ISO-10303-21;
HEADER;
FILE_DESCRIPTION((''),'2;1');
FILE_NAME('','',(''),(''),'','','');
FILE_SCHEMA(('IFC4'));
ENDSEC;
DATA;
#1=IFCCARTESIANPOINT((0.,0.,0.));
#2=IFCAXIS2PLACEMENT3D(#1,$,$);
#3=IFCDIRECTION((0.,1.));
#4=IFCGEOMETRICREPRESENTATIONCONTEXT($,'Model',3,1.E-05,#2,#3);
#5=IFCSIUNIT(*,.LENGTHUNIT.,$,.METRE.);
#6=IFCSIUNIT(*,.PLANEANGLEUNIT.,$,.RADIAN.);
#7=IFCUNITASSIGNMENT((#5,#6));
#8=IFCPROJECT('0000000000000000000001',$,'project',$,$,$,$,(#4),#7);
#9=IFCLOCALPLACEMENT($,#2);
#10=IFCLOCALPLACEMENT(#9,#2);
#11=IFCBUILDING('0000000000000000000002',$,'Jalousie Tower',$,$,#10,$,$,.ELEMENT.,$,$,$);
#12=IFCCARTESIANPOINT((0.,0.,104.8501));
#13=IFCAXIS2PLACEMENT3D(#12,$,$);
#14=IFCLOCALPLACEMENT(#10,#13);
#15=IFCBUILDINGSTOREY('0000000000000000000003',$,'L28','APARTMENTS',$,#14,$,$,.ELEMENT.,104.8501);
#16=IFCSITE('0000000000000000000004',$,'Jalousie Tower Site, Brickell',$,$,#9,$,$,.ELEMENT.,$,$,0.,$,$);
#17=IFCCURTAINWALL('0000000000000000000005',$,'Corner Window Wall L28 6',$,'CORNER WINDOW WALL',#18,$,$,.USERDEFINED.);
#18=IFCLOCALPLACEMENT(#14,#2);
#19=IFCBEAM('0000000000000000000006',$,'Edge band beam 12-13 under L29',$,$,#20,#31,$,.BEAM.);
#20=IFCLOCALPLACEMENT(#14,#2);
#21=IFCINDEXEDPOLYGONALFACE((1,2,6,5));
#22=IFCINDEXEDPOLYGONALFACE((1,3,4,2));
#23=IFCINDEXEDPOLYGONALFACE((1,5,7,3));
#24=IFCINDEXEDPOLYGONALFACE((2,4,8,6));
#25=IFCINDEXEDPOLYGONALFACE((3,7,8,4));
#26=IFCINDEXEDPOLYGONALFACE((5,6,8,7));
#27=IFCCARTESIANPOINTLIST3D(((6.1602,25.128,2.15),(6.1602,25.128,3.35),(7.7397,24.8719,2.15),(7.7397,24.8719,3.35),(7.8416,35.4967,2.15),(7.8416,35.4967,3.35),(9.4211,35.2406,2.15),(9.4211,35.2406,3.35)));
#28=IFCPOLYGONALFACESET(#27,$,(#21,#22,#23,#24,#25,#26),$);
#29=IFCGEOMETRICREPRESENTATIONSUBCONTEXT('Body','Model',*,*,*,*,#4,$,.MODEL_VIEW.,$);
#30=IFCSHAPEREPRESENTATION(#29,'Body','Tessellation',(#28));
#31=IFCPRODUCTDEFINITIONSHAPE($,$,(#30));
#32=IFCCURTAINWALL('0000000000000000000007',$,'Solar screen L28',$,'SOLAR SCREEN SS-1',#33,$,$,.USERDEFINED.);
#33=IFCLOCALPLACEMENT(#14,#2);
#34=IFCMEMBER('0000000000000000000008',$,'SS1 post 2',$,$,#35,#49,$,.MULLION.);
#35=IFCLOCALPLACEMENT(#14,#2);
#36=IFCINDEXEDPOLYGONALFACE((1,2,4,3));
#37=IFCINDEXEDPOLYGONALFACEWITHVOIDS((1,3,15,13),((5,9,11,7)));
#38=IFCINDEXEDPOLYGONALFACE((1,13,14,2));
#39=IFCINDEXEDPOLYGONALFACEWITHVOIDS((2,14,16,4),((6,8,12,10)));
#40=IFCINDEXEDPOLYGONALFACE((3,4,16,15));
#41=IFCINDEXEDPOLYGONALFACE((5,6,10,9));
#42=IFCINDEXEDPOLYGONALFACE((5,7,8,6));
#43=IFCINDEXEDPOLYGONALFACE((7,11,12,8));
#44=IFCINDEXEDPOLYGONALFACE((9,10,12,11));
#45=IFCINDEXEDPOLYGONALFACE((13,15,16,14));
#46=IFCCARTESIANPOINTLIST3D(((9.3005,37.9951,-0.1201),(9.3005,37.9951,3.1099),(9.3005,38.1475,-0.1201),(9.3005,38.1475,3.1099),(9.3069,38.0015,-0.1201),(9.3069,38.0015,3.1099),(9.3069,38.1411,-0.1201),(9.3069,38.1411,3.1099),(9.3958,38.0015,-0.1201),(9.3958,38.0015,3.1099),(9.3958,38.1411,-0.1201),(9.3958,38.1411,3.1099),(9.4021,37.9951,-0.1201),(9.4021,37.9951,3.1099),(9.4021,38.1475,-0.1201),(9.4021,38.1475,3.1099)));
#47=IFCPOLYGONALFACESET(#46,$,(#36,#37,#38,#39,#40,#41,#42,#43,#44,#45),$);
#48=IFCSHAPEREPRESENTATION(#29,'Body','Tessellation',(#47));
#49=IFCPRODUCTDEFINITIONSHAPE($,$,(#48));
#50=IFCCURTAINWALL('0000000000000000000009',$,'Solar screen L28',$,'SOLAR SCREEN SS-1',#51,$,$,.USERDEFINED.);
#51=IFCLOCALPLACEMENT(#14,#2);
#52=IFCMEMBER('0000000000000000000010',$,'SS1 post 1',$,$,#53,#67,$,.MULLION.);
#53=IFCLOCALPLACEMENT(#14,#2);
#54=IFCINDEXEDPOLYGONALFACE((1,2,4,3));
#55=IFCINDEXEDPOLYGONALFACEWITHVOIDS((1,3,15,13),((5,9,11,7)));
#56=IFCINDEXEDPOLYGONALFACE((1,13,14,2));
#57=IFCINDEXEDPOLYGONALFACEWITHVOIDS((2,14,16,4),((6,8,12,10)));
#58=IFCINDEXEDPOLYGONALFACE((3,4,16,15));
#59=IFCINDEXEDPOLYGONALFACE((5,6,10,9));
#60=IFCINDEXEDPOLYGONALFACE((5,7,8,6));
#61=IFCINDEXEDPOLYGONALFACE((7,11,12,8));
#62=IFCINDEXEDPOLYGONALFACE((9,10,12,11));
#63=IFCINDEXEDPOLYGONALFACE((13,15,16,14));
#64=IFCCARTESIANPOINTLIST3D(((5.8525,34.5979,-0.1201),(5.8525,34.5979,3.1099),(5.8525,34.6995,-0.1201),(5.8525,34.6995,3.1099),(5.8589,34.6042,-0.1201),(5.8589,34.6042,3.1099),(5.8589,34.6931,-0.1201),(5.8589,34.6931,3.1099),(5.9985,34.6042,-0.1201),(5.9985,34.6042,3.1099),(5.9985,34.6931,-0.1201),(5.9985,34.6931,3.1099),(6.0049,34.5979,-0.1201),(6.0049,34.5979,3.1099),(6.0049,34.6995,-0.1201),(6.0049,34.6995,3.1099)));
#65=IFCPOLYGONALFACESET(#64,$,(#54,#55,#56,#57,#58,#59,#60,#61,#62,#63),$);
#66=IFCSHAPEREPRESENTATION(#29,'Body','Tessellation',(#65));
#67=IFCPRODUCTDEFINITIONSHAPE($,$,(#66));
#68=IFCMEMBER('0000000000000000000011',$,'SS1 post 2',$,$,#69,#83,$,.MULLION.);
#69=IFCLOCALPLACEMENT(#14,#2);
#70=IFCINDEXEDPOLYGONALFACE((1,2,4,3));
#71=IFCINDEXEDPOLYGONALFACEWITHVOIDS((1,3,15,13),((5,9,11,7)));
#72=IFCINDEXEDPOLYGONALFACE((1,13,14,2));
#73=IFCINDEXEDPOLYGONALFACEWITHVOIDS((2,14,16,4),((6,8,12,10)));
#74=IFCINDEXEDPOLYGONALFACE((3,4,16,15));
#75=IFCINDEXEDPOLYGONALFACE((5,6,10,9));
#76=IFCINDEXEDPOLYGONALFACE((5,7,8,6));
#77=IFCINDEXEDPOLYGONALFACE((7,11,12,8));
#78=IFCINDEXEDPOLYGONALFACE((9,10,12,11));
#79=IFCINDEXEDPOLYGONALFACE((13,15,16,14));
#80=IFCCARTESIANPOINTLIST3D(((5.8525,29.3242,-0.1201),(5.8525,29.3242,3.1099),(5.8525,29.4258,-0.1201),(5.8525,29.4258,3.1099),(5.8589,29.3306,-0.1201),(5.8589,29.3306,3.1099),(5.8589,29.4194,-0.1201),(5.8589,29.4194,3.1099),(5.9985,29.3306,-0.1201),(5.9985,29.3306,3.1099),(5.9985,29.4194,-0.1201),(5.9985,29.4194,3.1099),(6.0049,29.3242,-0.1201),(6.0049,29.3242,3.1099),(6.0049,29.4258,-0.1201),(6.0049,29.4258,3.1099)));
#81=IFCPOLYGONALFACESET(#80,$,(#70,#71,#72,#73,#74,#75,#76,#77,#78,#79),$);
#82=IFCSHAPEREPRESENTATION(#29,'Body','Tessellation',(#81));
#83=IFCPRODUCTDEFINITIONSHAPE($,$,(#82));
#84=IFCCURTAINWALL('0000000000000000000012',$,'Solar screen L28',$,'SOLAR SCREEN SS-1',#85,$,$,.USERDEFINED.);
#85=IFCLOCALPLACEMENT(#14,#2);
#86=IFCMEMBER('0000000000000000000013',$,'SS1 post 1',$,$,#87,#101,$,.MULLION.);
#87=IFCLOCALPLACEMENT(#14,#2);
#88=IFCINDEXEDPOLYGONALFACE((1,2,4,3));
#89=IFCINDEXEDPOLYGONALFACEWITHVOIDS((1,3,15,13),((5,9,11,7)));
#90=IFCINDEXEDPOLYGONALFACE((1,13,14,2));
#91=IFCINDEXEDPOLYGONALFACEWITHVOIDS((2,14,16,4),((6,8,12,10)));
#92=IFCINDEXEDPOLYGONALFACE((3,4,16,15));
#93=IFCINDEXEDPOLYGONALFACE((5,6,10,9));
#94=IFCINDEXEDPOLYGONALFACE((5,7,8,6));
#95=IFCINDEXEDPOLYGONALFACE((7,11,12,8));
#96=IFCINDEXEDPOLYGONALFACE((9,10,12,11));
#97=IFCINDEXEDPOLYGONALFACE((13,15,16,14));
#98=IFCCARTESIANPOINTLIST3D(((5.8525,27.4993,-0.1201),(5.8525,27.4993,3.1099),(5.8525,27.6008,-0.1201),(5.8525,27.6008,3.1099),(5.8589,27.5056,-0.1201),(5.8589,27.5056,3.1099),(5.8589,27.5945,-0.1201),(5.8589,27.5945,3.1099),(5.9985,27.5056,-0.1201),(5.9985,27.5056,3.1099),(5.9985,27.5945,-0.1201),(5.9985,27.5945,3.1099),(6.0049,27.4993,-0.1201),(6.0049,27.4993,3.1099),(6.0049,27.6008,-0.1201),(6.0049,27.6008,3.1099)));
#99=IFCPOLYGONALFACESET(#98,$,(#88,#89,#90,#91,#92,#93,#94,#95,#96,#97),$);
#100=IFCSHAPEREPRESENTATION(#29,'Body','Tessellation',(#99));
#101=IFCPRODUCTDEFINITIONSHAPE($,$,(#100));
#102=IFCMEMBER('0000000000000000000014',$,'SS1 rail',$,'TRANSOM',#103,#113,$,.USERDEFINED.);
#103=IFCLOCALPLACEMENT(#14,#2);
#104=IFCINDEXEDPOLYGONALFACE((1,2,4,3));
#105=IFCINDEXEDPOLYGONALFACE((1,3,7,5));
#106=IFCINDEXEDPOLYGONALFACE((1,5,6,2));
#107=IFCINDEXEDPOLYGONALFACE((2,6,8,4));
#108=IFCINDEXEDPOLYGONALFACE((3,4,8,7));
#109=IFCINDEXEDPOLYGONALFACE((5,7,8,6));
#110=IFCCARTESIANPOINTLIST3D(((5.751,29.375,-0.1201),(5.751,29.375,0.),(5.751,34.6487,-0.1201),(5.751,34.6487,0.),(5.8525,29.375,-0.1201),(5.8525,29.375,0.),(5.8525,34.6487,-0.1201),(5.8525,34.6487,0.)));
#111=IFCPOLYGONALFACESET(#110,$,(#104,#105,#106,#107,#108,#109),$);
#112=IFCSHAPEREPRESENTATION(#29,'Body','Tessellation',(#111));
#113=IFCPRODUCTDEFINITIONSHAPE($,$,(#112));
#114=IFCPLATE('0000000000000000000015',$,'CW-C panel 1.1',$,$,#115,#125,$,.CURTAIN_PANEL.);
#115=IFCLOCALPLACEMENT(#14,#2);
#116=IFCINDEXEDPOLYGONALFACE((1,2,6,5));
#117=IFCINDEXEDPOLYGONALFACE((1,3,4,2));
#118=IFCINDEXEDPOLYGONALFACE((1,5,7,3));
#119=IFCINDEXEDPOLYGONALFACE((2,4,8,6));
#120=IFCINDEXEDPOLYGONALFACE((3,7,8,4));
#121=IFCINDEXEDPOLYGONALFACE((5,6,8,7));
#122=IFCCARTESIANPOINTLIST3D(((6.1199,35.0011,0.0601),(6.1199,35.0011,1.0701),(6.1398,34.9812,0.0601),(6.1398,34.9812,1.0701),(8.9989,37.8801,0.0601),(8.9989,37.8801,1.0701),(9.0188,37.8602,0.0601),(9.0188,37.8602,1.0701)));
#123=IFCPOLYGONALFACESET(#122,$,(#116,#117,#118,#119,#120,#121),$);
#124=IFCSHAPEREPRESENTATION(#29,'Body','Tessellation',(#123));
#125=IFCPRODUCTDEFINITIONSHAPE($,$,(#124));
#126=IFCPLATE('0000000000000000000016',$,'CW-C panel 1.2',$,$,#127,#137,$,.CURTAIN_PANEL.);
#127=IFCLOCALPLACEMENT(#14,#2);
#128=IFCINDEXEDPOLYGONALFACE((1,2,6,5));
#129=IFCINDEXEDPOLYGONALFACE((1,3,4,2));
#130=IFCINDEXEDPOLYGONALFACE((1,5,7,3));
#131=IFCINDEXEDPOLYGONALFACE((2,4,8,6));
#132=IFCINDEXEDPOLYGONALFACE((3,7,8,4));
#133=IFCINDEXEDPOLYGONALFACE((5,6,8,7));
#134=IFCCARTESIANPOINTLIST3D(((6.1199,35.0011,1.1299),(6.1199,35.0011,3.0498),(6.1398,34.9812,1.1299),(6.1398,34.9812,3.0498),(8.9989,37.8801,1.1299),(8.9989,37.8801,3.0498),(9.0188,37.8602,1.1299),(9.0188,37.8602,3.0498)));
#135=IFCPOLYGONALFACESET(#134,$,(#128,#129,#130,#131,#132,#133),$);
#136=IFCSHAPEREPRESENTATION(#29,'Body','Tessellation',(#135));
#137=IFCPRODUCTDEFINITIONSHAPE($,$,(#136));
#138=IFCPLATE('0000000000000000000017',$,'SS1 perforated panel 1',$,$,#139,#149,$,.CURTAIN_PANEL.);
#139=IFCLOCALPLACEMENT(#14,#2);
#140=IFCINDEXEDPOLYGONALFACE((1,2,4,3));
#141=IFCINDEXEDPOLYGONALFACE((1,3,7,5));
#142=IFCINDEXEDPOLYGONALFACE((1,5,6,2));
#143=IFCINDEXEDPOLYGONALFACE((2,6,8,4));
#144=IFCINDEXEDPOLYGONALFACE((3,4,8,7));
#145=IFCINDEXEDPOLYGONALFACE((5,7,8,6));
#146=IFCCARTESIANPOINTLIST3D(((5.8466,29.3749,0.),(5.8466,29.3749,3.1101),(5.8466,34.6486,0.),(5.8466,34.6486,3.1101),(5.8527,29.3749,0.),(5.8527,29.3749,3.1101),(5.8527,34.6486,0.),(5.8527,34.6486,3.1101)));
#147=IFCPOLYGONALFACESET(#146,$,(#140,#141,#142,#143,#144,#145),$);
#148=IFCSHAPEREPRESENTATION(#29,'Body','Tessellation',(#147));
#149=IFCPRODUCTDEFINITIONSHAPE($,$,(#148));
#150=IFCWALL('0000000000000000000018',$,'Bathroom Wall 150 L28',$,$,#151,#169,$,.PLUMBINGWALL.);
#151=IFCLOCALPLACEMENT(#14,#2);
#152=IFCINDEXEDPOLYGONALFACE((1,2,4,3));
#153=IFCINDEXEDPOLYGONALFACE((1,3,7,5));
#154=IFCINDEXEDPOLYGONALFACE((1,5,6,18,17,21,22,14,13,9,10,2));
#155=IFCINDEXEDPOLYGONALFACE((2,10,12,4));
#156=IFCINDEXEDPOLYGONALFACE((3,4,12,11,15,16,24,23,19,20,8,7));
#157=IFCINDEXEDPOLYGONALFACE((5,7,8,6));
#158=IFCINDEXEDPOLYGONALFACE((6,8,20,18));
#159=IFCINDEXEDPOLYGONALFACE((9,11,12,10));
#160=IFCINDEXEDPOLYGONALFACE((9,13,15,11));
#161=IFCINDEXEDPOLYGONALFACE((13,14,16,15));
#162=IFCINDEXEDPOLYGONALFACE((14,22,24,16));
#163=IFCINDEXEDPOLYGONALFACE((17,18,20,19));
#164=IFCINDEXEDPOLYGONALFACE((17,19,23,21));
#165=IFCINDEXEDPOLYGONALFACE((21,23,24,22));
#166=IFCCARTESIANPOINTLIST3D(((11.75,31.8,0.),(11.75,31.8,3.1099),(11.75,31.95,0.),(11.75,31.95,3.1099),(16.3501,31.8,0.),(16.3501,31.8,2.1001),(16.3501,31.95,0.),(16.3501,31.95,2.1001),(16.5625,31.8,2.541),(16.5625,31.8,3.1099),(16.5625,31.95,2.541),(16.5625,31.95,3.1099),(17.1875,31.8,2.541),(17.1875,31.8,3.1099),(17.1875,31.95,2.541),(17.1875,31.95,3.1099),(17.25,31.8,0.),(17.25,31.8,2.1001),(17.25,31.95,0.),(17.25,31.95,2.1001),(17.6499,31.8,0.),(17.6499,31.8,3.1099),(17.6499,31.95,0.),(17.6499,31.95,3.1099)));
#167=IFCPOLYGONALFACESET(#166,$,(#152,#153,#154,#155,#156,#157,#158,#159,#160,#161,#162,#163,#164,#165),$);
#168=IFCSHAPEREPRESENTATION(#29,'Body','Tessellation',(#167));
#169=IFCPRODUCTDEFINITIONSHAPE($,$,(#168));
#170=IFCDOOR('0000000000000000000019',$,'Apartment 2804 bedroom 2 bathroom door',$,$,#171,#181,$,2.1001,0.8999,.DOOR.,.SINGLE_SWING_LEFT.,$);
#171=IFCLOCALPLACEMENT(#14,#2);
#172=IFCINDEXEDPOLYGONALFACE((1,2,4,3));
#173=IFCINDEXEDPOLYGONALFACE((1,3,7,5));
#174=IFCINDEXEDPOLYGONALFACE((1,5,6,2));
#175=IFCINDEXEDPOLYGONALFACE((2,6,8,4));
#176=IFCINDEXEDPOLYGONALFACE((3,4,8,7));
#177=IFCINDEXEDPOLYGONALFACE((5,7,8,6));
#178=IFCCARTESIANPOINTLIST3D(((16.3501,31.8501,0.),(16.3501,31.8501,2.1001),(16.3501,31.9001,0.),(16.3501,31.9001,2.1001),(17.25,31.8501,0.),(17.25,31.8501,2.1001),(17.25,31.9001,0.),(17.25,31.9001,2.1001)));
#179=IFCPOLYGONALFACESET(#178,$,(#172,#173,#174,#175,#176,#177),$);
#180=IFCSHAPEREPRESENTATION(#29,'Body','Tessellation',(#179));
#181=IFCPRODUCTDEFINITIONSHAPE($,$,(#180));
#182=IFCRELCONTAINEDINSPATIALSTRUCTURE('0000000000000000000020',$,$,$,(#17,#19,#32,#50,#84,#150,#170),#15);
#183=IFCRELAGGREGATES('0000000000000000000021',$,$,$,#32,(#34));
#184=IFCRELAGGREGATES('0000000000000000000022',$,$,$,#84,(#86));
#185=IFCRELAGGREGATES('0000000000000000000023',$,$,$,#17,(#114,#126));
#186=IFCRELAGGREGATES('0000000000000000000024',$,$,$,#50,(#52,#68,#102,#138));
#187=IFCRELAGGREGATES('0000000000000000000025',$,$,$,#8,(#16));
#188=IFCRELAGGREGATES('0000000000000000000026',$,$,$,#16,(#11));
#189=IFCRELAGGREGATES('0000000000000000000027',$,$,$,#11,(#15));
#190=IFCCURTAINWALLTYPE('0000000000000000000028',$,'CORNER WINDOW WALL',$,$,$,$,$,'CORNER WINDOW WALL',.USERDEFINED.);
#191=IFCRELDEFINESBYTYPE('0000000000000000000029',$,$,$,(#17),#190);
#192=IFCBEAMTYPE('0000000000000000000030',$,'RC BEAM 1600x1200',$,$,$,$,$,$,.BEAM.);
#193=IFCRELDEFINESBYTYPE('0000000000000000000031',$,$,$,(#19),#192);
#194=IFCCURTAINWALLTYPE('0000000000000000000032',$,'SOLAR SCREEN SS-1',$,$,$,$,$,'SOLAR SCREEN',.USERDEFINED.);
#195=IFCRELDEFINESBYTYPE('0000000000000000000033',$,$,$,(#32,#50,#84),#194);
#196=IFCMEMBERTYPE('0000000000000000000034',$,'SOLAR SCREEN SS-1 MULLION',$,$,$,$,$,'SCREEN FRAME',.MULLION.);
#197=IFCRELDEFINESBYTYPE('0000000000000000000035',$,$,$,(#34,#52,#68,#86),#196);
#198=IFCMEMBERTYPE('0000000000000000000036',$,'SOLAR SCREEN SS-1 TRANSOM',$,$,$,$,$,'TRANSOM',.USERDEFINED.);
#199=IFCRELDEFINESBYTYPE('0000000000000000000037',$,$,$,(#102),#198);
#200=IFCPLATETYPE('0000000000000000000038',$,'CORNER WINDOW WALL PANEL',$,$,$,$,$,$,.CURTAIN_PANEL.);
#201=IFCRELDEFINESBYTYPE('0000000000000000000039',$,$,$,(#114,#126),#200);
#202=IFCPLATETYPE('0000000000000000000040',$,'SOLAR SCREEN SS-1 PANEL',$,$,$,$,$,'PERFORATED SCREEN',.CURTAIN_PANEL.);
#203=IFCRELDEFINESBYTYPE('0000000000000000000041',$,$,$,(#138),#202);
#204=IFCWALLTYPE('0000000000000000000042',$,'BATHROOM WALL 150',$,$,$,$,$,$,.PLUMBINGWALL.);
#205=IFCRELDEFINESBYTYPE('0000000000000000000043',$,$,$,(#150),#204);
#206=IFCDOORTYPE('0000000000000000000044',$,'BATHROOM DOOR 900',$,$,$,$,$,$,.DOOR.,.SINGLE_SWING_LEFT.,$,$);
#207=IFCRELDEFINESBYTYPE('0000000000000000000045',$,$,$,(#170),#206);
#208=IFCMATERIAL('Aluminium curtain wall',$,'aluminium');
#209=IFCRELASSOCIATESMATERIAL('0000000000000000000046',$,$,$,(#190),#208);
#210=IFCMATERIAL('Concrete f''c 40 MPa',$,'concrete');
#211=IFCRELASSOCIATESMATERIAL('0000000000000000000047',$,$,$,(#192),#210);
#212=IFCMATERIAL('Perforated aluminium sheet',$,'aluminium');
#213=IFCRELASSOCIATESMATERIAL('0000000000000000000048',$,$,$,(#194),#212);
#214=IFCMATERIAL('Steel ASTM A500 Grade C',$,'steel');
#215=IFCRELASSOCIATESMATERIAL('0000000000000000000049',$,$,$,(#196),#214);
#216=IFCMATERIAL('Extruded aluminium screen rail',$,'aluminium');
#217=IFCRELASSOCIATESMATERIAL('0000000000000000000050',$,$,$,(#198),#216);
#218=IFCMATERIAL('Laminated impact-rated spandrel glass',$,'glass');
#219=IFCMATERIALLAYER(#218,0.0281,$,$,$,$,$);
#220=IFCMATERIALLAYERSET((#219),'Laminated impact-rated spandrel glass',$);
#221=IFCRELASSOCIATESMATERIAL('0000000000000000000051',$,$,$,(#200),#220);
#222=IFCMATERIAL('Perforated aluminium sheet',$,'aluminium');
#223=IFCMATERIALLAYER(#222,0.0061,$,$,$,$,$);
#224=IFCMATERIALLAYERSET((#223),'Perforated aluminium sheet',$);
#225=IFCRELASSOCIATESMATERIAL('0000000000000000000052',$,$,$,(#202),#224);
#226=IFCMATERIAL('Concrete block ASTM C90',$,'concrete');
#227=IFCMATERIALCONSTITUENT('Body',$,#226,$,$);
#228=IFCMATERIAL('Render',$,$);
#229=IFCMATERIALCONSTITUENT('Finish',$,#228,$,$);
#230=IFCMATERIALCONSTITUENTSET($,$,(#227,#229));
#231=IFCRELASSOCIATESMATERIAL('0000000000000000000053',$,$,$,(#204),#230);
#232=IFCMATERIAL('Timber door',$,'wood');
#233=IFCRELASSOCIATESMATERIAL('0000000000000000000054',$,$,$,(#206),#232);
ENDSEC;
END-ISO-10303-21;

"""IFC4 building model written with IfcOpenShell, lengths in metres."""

from ifc_helpers import new_model, si_unit, direction, frame, frame_2d, origin, origin_2d, place, context, subcontext, project, spatial, polyline, rectangle, hollow_rectangle, outline, extrude, material, layer, layer_set, constituent, constituent_set, material_profile, profile_set, type_object, element, fill, aggregate, save


model = new_model("IFC4")

# Units and contexts
model_context = context("Model", 3, precision=1e-05, world=origin(), true_north=direction((0.0, 1.0)))
body_context = subcontext(model_context, "Body", "Model", "MODEL_VIEW")
ifc_project = project(units=[si_unit("LENGTHUNIT", "METRE"), si_unit("PLANEANGLEUNIT", "RADIAN")], contexts=[model_context])

# Site, building, storey
site_placement = place(None, origin())
site = spatial("IfcSite", under=ifc_project, at=site_placement, Name="Jalousie Tower Site, Brickell", CompositionType="ELEMENT", RefElevation=0.0)
building_placement = place(site_placement, origin())
building = spatial("IfcBuilding", under=site, at=building_placement, Name="Jalousie Tower", CompositionType="ELEMENT")
storey_placement = place(building_placement, frame((0.0, 0.0, 104.8501)))
storey = spatial("IfcBuildingStorey", under=building, at=storey_placement, Name="L28", Description="APARTMENTS", CompositionType="ELEMENT", Elevation=104.8501)

# Curtain wall
ifc_material_1 = material(Name="Aluminium curtain wall", Category="aluminium")
curtain_wall_type_1 = type_object("IfcCurtainWallType", Name="CORNER WINDOW WALL", ElementType="CORNER WINDOW WALL", PredefinedType="USERDEFINED", material=ifc_material_1)
curtain_wall_1_placement = place(storey_placement, origin())
curtain_wall_1 = element("IfcCurtainWall", 1, at=curtain_wall_1_placement, inside=storey, type_object=curtain_wall_type_1, Name="Corner Window Wall L28 6", ObjectType="CORNER WINDOW WALL", PredefinedType="USERDEFINED")

# Beam
ifc_material_2 = material(Name="Concrete f'c 40 MPa", Category="concrete")
ifc_material_profile_1 = material_profile(ifc_material_2, rectangle(XDim=1.6001, YDim=1.2, at=origin_2d()), Name="RC 1600x1200")
ifc_profile_set_1 = profile_set([ifc_material_profile_1], Name="Concrete f'c 40 MPa")
beam_type_1 = type_object("IfcBeamType", Name="RC BEAM 1600x1200", PredefinedType="BEAM", material=ifc_profile_set_1)
beam_1_placement = place(storey_placement, frame((8.6313, 35.3687, 2.75), z_axis=(-0.160071, -0.987106, 0.0), x_axis=(0.987106, -0.160071, 0.0)))
element("IfcBeam", 2, at=beam_1_placement, inside=storey, type_object=beam_type_1, Name="Edge band beam 12-13 under L29", PredefinedType="BEAM", context=body_context, shape_type="SweptSolid", body=[
    extrude(rectangle(XDim=1.6001, YDim=1.2, at=origin_2d()), origin(), (0.0, 0.0, 1.0), 10.5042),
])

# Curtain wall, member
ifc_material_3 = material(Name="Perforated aluminium sheet", Category="aluminium")
curtain_wall_type_2 = type_object("IfcCurtainWallType", Name="SOLAR SCREEN SS-1", ElementType="SOLAR SCREEN", PredefinedType="USERDEFINED", material=ifc_material_3)
curtain_wall_2_placement = place(storey_placement, origin())
curtain_wall_2 = element("IfcCurtainWall", 3, at=curtain_wall_2_placement, inside=storey, type_object=curtain_wall_type_2, Name="Solar screen L28", ObjectType="SOLAR SCREEN SS-1", PredefinedType="USERDEFINED")
ifc_material_4 = material(Name="Steel ASTM A500 Grade C", Category="steel")
ifc_material_profile_2 = material_profile(ifc_material_4, hollow_rectangle(XDim=0.1016, YDim=0.1523, WallThickness=0.0063, at=origin_2d()), Name="HSS6X4X1/4")
ifc_profile_set_2 = profile_set([ifc_material_profile_2], Name="Steel ASTM A500 Grade C")
member_type_1 = type_object("IfcMemberType", Name="SOLAR SCREEN SS-1 MULLION", ElementType="SCREEN FRAME", PredefinedType="MULLION", material=ifc_profile_set_2)
member_1_placement = place(storey_placement, frame((9.3513, 38.0713, -0.1201), z_axis=(0.0, 0.0, 1.0), x_axis=(-1.0, 0.0, 0.0)))
member_1 = element("IfcMember", 4, at=member_1_placement, type_object=member_type_1, Name="SS1 post 2", PredefinedType="MULLION", context=body_context, shape_type="SweptSolid", body=[
    extrude(hollow_rectangle(XDim=0.1016, YDim=0.1523, WallThickness=0.0063, at=origin_2d()), origin(), (0.0, 0.0, 1.0), 3.23),
])
aggregate(curtain_wall_2, [member_1])

# Curtain wall, members
curtain_wall_3_placement = place(storey_placement, origin())
curtain_wall_3 = element("IfcCurtainWall", 5, at=curtain_wall_3_placement, inside=storey, type_object=curtain_wall_type_2, Name="Solar screen L28", ObjectType="SOLAR SCREEN SS-1", PredefinedType="USERDEFINED")
member_2_placement = place(storey_placement, frame((5.9287, 34.6487, -0.1201), z_axis=(0.0, 0.0, 1.0), x_axis=(0.0, -1.0, 0.0)))
member_2 = element("IfcMember", 6, at=member_2_placement, type_object=member_type_1, Name="SS1 post 1", PredefinedType="MULLION", context=body_context, shape_type="SweptSolid", body=[
    extrude(hollow_rectangle(XDim=0.1016, YDim=0.1523, WallThickness=0.0063, at=origin_2d()), origin(), (0.0, 0.0, 1.0), 3.23),
])
member_3_placement = place(storey_placement, frame((5.9287, 29.375, -0.1201), z_axis=(0.0, 0.0, 1.0), x_axis=(0.0, -1.0, 0.0)))
member_3 = element("IfcMember", 7, at=member_3_placement, type_object=member_type_1, Name="SS1 post 2", PredefinedType="MULLION", context=body_context, shape_type="SweptSolid", body=[
    extrude(hollow_rectangle(XDim=0.1016, YDim=0.1523, WallThickness=0.0063, at=origin_2d()), origin(), (0.0, 0.0, 1.0), 3.23),
])

# Curtain wall, member
curtain_wall_4_placement = place(storey_placement, origin())
curtain_wall_4 = element("IfcCurtainWall", 8, at=curtain_wall_4_placement, inside=storey, type_object=curtain_wall_type_2, Name="Solar screen L28", ObjectType="SOLAR SCREEN SS-1", PredefinedType="USERDEFINED")
member_4_placement = place(storey_placement, frame((5.9287, 27.55, -0.1201), z_axis=(0.0, 0.0, 1.0), x_axis=(0.0, -1.0, 0.0)))
member_4 = element("IfcMember", 9, at=member_4_placement, type_object=member_type_1, Name="SS1 post 1", PredefinedType="MULLION", context=body_context, shape_type="SweptSolid", body=[
    extrude(hollow_rectangle(XDim=0.1016, YDim=0.1523, WallThickness=0.0063, at=origin_2d()), origin(), (0.0, 0.0, 1.0), 3.23),
])
aggregate(curtain_wall_4, [member_4])

# Member
ifc_material_5 = material(Name="Extruded aluminium screen rail", Category="aluminium")
ifc_material_profile_3 = material_profile(ifc_material_5, rectangle(XDim=0.1016, YDim=0.1201, at=origin_2d()), Name="RAIL 102x120")
ifc_profile_set_3 = profile_set([ifc_material_profile_3], Name="Extruded aluminium screen rail")
member_type_2 = type_object("IfcMemberType", Name="SOLAR SCREEN SS-1 TRANSOM", ElementType="TRANSOM", PredefinedType="USERDEFINED", material=ifc_profile_set_3)
member_5_placement = place(storey_placement, frame((5.8018, 34.6487, -0.0601), z_axis=(0.0, -1.0, 0.0), x_axis=(1.0, 0.0, 0.0)))
member_5 = element("IfcMember", 10, at=member_5_placement, type_object=member_type_2, Name="SS1 rail", ObjectType="TRANSOM", PredefinedType="USERDEFINED", context=body_context, shape_type="SweptSolid", body=[
    extrude(rectangle(XDim=0.1016, YDim=0.1201, at=origin_2d()), origin(), (0.0, 0.0, 1.0), 5.2737),
])

# Plates
ifc_material_6 = material(Name="Laminated impact-rated spandrel glass", Category="glass")
ifc_layer_1 = layer(ifc_material_6, 0.0281)
ifc_layer_set_1 = layer_set([ifc_layer_1], Name="Laminated impact-rated spandrel glass")
plate_type_1 = type_object("IfcPlateType", Name="CORNER WINDOW WALL PANEL", PredefinedType="CURTAIN_PANEL", material=ifc_layer_set_1)
plate_1_placement = place(storey_placement, frame((7.5693, 36.4307, 0.0601), z_axis=(0.0, 0.0, 1.0), x_axis=(-0.707107, -0.707107, 0.0)))
plate_1 = element("IfcPlate", 11, at=plate_1_placement, type_object=plate_type_1, Name="CW-C panel 1.1", PredefinedType="CURTAIN_PANEL", context=body_context, shape_type="SweptSolid", body=[
    extrude(rectangle(XDim=4.0715, YDim=0.0281, at=origin_2d()), origin(), (0.0, 0.0, 1.0), 1.01),
])
plate_2_placement = place(storey_placement, frame((7.5693, 36.4307, 1.1299), z_axis=(0.0, 0.0, 1.0), x_axis=(-0.707107, -0.707107, 0.0)))
plate_2 = element("IfcPlate", 12, at=plate_2_placement, type_object=plate_type_1, Name="CW-C panel 1.2", PredefinedType="CURTAIN_PANEL", context=body_context, shape_type="SweptSolid", body=[
    extrude(rectangle(XDim=4.0715, YDim=0.0281, at=origin_2d()), origin(), (0.0, 0.0, 1.0), 1.9199),
])
aggregate(curtain_wall_1, [plate_1, plate_2])
ifc_material_7 = material(Name="Perforated aluminium sheet", Category="aluminium")
ifc_layer_2 = layer(ifc_material_7, 0.0061)
ifc_layer_set_2 = layer_set([ifc_layer_2], Name="Perforated aluminium sheet")
plate_type_2 = type_object("IfcPlateType", Name="SOLAR SCREEN SS-1 PANEL", ElementType="PERFORATED SCREEN", PredefinedType="CURTAIN_PANEL", material=ifc_layer_set_2)
plate_3_placement = place(storey_placement, frame((5.8496, 32.0117, 0.0), z_axis=(0.0, 0.0, 1.0), x_axis=(0.0, -1.0, 0.0)))
plate_3 = element("IfcPlate", 13, at=plate_3_placement, type_object=plate_type_2, Name="SS1 perforated panel 1", PredefinedType="CURTAIN_PANEL", context=body_context, shape_type="SweptSolid", body=[
    extrude(rectangle(XDim=5.2737, YDim=0.0061, at=origin_2d()), origin(), (0.0, 0.0, 1.0), 3.1101),
])
aggregate(curtain_wall_3, [member_2, member_3, member_5, plate_3])

# Wall, opening, door
ifc_material_8 = material(Name="Concrete block ASTM C90", Category="concrete")
ifc_constituent_1 = constituent(ifc_material_8, Name="Body")
ifc_material_9 = material(Name="Render")
ifc_constituent_2 = constituent(ifc_material_9, Name="Finish")
ifc_constituent_set_1 = constituent_set(constituents=[ifc_constituent_1, ifc_constituent_2])
wall_type_1 = type_object("IfcWallType", Name="BATHROOM WALL 150", PredefinedType="PLUMBINGWALL", material=ifc_constituent_set_1)
wall_1_placement = place(storey_placement, frame((11.75, 31.875, 0.0), z_axis=(0.0, 0.0, 1.0), x_axis=(1.0, 0.0, 0.0)))
wall_1 = element("IfcWall", 14, at=wall_1_placement, inside=storey, type_object=wall_type_1, Name="Bathroom Wall 150 L28", PredefinedType="PLUMBINGWALL", context=body_context, shape_type="SweptSolid", body=[
    extrude(outline(polyline([(0.0, 0.0), (5.8999, 0.0), (5.8999, 3.1099), (5.4375, 3.1099), (5.4375, 2.541), (4.8125, 2.541), (4.8125, 3.1099), (0.0, 3.1099), (0.0, 0.0)])), frame((0.0, 0.075, 0.0), z_axis=(0.0, -1.0, 0.0), x_axis=(1.0, 0.0, 0.0)), (0.0, 0.0, 1.0), 0.1499),
])
opening_1_placement = place(wall_1_placement, frame((4.6001, 0.0, 0.0)))
opening_1 = element("IfcOpeningElement", 15, at=opening_1_placement, cuts=wall_1, PredefinedType="OPENING", context=body_context, shape_type="SweptSolid", body=[
    extrude(rectangle(XDim=0.8999, YDim=2.1001, at=frame_2d((0.45, 1.05))), frame((0.0, 0.085, 0.0), z_axis=(0.0, -1.0, 0.0), x_axis=(1.0, 0.0, 0.0)), (0.0, 0.0, 1.0), 0.1699),
])
ifc_material_10 = material(Name="Timber door", Category="wood")
door_type_1 = type_object("IfcDoorType", Name="BATHROOM DOOR 900", OperationType="SINGLE_SWING_LEFT", PredefinedType="DOOR", material=ifc_material_10)
door_1_placement = place(opening_1_placement, frame((0.8999, 0.0, 0.0), z_axis=(0.0, 0.0, 1.0), x_axis=(-1.0, 0.0, 0.0)))
door_1 = element("IfcDoor", 16, at=door_1_placement, inside=storey, type_object=door_type_1, Name="Apartment 2804 bedroom 2 bathroom door", OperationType="SINGLE_SWING_LEFT", OverallHeight=2.1001, OverallWidth=0.8999, PredefinedType="DOOR", context=body_context, shape_type="SweptSolid", body=[
    extrude(rectangle(XDim=0.8999, YDim=2.1001, at=frame_2d((0.45, 1.05))), frame((0.0, 0.0249, 0.0), z_axis=(0.0, -1.0, 0.0), x_axis=(1.0, 0.0, 0.0)), (0.0, 0.0, 1.0), 0.05),
])
fill(opening_1, door_1)

save(model, "model.ifc")
